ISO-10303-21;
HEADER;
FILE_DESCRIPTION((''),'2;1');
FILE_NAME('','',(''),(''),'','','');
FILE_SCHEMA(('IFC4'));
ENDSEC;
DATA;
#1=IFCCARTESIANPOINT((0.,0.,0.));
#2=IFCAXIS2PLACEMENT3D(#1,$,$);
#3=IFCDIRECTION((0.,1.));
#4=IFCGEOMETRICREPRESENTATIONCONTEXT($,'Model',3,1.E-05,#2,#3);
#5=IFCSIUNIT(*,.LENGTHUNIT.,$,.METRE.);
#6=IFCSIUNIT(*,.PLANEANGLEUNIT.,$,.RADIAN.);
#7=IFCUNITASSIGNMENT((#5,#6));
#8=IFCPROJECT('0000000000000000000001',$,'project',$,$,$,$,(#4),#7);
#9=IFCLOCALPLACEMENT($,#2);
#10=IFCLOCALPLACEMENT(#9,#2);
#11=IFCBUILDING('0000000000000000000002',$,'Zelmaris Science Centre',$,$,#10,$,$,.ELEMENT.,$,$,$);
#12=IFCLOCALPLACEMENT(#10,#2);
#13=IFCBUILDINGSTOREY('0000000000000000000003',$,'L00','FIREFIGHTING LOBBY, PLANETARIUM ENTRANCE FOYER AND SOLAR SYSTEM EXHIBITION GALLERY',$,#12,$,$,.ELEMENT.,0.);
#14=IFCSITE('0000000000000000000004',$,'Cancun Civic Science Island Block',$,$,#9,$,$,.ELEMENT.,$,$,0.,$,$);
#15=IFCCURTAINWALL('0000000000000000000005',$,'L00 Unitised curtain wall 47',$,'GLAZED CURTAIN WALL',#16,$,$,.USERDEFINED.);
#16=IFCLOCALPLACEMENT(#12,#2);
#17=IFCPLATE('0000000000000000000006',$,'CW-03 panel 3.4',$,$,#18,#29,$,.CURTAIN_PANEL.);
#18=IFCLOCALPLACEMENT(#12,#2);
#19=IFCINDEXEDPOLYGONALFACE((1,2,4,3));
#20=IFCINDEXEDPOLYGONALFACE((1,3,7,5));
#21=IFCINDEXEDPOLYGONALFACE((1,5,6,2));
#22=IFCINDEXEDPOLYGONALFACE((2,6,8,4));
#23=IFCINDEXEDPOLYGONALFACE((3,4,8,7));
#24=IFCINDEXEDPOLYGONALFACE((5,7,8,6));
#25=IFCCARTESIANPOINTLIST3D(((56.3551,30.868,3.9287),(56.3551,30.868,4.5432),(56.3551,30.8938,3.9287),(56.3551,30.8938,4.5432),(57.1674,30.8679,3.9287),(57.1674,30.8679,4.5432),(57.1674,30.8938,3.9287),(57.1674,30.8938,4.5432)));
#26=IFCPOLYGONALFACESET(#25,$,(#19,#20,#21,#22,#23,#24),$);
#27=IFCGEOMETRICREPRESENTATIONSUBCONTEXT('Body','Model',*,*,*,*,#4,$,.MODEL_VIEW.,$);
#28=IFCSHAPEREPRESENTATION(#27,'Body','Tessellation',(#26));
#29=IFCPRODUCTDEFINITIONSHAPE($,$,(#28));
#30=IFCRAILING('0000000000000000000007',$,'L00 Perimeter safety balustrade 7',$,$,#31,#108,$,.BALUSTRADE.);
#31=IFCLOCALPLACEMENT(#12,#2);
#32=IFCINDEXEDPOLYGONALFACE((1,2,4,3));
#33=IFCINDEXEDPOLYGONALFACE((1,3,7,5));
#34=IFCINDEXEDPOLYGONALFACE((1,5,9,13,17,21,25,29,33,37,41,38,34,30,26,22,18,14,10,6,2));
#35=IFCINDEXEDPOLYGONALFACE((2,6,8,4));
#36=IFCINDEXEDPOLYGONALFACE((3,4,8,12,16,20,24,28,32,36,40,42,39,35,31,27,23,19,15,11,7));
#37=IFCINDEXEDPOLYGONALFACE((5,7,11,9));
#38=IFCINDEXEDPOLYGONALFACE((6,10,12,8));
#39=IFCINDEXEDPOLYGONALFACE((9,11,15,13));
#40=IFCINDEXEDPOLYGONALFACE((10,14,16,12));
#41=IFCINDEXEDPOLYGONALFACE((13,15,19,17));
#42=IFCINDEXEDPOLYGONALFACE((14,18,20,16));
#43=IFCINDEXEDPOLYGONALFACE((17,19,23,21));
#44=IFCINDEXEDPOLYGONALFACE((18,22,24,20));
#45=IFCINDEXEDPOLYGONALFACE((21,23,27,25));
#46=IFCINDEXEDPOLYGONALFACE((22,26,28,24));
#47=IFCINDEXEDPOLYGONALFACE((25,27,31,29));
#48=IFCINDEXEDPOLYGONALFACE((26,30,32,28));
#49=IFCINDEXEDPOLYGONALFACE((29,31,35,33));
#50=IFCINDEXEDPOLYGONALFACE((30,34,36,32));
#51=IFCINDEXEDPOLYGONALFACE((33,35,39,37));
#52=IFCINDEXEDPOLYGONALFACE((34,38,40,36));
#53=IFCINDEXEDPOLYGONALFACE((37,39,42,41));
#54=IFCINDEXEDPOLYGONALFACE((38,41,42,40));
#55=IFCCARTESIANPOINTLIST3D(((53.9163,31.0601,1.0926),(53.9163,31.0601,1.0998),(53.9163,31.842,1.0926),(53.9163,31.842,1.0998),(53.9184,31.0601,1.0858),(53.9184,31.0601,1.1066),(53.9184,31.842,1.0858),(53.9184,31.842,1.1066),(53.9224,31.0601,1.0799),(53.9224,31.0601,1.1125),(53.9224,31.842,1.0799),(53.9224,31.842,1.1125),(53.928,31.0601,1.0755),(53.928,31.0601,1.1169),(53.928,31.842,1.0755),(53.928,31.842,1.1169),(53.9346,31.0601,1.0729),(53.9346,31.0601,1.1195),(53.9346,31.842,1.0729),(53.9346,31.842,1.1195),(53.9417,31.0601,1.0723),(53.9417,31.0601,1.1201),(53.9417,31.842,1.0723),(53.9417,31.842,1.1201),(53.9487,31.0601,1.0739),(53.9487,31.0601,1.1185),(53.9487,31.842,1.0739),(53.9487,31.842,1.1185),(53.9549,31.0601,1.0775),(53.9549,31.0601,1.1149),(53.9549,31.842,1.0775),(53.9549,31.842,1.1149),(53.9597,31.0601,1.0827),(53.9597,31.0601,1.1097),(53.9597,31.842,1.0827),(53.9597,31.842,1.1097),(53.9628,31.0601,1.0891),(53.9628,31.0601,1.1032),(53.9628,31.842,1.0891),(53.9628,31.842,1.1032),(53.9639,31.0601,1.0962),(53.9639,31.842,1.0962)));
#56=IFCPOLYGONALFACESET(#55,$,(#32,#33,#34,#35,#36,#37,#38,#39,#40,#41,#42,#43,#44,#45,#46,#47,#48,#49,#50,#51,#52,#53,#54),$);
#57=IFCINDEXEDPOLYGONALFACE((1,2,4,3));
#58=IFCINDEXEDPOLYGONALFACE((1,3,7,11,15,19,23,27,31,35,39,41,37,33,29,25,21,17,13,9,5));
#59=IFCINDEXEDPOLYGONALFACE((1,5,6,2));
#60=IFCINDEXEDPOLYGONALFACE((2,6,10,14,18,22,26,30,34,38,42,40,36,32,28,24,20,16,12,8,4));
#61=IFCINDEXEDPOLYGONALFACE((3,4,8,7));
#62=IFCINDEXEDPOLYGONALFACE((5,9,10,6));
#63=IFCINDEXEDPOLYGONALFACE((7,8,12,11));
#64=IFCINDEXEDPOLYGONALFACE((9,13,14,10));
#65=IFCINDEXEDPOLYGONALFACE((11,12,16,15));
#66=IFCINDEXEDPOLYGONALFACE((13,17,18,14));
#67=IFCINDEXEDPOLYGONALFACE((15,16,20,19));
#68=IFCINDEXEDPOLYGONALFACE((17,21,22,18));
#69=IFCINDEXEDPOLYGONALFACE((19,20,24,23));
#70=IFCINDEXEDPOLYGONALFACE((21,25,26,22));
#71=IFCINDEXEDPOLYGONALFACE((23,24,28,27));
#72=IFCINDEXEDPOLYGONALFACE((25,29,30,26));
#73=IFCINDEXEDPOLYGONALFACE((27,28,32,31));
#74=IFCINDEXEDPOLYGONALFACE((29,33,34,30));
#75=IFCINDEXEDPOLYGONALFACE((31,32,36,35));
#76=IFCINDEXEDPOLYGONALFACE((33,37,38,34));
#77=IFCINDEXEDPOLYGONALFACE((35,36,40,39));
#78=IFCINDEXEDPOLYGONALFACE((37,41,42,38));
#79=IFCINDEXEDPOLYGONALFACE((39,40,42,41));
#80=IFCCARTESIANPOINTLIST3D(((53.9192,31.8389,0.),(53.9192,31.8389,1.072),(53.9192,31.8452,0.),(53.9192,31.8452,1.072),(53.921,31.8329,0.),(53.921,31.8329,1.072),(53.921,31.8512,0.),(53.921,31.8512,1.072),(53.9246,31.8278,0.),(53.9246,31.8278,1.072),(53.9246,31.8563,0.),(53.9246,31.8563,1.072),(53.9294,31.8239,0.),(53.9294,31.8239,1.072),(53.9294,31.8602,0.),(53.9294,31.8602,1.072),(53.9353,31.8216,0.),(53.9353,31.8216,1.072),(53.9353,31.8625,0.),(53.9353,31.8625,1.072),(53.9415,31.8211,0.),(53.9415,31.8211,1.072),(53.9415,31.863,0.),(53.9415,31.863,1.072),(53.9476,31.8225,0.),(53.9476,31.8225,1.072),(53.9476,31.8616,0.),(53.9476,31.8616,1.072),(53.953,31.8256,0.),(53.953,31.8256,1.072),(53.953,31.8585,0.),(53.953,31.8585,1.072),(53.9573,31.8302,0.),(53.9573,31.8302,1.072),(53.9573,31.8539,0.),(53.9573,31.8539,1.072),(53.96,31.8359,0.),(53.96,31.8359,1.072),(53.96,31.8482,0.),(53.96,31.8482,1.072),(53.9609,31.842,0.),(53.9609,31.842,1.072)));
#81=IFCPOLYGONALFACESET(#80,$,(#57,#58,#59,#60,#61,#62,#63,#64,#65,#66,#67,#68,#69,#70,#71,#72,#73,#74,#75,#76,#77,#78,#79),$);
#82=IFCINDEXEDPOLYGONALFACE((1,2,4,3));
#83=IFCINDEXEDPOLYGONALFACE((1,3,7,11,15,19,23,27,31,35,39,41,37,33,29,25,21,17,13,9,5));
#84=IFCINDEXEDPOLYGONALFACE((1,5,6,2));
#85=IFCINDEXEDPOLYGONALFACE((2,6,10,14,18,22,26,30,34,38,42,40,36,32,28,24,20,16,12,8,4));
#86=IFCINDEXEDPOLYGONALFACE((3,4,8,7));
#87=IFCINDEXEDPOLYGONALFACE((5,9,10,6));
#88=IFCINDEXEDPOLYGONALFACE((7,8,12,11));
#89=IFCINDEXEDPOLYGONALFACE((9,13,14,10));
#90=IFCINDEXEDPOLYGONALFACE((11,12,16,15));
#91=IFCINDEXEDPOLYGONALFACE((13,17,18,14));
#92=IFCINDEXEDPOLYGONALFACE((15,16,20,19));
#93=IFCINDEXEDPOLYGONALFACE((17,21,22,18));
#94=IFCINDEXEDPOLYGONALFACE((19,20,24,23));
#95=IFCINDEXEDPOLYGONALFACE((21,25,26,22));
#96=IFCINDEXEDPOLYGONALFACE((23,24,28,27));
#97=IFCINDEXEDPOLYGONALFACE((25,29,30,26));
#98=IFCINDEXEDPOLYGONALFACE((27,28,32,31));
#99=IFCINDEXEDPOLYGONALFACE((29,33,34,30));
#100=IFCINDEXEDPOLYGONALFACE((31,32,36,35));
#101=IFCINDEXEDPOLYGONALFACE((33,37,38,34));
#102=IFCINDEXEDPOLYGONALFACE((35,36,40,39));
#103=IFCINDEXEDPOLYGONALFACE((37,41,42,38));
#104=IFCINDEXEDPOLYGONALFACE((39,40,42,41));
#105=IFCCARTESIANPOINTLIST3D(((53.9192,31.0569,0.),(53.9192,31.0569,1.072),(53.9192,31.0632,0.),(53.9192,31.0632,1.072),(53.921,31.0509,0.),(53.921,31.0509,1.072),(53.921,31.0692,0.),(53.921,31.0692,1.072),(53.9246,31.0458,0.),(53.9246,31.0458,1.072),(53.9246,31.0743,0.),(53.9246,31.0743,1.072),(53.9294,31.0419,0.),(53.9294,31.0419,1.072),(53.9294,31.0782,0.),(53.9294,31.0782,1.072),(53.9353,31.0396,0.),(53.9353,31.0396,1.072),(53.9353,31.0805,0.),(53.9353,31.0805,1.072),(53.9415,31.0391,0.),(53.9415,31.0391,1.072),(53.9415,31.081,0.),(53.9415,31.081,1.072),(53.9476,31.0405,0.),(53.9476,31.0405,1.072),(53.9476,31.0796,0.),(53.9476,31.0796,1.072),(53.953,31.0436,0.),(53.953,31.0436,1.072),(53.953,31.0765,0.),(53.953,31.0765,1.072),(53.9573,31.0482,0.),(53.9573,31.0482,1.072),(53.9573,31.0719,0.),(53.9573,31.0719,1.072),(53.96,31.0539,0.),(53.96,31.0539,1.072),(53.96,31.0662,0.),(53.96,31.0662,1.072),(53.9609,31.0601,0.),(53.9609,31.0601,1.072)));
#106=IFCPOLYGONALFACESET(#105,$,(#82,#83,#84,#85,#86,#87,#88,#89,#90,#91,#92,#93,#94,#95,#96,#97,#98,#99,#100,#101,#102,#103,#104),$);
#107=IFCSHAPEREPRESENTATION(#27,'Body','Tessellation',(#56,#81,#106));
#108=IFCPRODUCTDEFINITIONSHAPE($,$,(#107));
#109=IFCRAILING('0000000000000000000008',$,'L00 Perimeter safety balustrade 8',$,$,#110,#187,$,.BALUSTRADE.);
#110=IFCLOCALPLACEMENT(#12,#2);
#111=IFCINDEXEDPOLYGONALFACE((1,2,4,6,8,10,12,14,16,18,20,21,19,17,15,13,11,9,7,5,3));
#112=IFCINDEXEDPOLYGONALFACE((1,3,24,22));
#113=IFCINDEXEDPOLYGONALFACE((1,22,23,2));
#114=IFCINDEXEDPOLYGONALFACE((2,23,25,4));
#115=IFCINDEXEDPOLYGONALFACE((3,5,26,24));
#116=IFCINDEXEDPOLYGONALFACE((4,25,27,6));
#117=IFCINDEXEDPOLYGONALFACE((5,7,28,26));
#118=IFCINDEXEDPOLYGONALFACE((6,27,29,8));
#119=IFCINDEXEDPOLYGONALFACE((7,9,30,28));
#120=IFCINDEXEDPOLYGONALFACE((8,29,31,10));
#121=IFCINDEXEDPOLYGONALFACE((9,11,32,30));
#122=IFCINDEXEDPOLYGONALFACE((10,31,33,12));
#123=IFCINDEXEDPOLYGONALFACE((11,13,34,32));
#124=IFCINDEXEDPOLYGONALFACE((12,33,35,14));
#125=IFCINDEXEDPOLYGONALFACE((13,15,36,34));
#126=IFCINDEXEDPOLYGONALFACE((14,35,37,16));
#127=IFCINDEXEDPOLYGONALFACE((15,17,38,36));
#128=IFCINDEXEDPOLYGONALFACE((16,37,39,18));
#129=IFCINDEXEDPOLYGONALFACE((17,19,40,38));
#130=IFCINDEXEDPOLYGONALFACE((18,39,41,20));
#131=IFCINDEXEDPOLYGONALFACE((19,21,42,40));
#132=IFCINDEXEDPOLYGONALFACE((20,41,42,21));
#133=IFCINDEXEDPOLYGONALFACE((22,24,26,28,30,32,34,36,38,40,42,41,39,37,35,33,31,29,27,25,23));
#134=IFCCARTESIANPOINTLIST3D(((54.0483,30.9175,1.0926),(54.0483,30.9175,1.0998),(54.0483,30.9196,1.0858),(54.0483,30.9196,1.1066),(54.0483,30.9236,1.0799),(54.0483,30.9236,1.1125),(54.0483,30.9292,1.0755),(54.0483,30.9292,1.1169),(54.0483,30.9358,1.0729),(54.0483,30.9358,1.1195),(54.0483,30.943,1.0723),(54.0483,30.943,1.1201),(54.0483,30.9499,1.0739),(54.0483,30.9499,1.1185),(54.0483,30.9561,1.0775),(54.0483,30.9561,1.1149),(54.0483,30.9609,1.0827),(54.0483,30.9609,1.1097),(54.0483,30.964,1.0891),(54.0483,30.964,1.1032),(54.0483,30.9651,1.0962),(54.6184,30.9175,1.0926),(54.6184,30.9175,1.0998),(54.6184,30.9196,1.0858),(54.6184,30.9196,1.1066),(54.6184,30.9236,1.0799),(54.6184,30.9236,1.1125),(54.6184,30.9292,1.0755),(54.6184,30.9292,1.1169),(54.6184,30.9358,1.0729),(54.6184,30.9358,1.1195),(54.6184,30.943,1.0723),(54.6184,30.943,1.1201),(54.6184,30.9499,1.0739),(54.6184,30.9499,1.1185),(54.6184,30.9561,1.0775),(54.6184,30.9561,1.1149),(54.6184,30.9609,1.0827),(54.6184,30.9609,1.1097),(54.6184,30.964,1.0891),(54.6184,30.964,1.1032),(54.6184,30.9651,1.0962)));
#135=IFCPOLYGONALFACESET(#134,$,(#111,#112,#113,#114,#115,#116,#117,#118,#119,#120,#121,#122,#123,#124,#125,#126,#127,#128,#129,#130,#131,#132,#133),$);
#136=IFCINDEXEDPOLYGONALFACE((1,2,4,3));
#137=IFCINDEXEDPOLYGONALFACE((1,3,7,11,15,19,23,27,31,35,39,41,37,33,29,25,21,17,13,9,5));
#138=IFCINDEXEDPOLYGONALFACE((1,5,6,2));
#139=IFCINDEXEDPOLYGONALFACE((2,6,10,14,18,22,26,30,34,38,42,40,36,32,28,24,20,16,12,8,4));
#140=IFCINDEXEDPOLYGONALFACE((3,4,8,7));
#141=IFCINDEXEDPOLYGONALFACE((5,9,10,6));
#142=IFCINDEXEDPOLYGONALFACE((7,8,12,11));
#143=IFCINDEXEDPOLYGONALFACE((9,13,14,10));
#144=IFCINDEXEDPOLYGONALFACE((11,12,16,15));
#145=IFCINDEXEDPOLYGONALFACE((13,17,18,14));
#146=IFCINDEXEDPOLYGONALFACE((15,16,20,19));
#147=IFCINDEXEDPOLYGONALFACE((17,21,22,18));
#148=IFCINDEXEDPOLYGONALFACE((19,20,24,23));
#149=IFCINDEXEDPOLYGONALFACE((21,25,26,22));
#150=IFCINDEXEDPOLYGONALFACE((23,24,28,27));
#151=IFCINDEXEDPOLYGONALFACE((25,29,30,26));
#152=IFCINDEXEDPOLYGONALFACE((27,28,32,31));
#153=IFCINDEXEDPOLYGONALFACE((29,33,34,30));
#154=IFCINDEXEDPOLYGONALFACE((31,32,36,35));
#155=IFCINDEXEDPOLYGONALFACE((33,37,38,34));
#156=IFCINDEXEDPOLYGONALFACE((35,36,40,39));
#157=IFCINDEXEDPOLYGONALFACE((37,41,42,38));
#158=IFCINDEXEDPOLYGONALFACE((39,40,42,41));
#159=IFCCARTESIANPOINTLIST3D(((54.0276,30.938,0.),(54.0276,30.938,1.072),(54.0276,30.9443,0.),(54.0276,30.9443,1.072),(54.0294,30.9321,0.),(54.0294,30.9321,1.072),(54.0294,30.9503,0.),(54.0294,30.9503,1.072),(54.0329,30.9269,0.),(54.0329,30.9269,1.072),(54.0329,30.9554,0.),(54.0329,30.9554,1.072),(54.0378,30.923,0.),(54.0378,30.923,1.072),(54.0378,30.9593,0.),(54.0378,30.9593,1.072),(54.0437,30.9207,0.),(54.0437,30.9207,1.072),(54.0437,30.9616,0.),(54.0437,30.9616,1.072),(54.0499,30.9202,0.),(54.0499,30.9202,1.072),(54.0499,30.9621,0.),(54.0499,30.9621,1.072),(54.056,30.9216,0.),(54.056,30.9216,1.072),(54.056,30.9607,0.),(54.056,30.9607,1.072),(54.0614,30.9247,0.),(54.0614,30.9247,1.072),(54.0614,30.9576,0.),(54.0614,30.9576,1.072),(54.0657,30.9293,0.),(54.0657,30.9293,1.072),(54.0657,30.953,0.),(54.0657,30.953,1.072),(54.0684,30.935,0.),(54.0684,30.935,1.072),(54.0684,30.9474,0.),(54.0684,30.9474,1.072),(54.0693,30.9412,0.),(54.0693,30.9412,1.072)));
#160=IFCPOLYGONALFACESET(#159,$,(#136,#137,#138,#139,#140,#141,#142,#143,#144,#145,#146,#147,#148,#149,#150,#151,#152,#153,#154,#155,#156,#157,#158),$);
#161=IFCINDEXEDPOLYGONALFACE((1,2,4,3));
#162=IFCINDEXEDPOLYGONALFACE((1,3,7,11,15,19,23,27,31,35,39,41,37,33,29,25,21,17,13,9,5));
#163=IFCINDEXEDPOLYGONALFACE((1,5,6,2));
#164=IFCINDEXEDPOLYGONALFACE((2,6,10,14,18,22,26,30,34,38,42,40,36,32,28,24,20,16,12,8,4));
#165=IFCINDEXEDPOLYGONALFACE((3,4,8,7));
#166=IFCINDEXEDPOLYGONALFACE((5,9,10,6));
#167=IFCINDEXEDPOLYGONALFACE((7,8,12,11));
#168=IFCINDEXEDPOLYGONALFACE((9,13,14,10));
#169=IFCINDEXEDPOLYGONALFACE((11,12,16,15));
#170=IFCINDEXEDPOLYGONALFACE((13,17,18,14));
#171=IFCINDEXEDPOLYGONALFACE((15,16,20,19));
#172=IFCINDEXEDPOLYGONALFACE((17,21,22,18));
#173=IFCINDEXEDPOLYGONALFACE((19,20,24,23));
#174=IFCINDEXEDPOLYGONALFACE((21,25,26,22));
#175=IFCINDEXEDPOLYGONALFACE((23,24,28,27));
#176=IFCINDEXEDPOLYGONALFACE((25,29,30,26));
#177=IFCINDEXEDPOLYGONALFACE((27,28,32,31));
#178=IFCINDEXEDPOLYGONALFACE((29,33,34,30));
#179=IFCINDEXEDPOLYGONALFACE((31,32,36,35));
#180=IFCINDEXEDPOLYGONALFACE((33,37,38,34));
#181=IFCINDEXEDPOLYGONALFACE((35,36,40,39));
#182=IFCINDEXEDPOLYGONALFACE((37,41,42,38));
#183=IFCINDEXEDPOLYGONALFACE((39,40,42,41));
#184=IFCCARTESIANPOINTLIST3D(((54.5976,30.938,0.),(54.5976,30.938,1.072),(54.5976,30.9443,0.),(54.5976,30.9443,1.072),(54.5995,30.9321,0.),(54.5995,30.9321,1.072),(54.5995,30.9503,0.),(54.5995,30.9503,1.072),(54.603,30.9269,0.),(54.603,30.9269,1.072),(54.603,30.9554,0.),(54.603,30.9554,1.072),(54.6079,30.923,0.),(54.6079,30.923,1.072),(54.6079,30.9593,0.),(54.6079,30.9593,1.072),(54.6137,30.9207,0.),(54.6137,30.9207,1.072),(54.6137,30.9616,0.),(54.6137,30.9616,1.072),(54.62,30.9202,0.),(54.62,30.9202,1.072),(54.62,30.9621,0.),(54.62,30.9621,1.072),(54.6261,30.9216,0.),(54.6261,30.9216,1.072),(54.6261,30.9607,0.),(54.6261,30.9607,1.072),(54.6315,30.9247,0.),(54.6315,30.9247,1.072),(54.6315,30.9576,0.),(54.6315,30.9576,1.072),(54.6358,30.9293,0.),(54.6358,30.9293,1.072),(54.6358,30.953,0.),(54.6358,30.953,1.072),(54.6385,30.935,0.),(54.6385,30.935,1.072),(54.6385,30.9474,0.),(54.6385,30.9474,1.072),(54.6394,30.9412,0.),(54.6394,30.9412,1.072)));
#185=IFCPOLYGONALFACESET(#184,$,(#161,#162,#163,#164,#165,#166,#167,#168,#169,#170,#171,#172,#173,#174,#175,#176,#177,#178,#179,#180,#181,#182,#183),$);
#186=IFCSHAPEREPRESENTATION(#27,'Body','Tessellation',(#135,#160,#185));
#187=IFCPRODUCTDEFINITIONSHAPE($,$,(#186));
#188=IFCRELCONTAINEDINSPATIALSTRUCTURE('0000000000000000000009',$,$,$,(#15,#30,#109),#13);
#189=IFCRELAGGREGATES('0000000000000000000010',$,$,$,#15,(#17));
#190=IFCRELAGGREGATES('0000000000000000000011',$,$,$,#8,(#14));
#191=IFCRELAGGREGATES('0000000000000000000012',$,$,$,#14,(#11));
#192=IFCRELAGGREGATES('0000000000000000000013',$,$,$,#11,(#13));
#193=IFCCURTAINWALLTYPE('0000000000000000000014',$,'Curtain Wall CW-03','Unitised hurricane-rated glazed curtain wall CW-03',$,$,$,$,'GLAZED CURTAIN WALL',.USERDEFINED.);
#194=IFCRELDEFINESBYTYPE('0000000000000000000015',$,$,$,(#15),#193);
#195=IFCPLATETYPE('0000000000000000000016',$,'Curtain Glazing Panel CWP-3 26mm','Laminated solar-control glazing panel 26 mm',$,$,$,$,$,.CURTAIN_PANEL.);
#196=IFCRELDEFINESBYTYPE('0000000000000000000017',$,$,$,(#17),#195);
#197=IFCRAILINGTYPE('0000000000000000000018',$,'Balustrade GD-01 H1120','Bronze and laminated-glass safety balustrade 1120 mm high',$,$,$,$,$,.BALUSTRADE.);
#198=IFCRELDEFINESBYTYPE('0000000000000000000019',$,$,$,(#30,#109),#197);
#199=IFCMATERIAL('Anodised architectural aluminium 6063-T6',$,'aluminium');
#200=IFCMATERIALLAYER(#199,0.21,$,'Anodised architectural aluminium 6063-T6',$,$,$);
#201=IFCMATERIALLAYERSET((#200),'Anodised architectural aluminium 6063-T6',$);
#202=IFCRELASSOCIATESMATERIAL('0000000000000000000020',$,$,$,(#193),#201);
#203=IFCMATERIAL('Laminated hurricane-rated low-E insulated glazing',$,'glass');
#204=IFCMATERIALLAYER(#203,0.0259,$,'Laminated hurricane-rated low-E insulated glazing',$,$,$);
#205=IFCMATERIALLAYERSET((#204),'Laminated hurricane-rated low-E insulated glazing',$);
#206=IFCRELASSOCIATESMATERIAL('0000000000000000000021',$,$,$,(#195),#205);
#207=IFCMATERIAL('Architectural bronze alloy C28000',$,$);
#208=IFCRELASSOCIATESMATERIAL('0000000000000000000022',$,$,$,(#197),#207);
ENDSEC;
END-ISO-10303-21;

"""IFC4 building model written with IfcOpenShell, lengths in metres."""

from ifc_helpers import new_model, si_unit, direction, frame, origin, origin_2d, place, context, subcontext, project, spatial, rectangle, circle, extrude, material, layer, layer_set, type_object, element, aggregate, save


model = new_model("IFC4")

# Units and contexts
model_context = context("Model", 3, precision=1e-05, world=origin(), true_north=direction((0.0, 1.0)))
body_context = subcontext(model_context, "Body", "Model", "MODEL_VIEW")
ifc_project = project(units=[si_unit("LENGTHUNIT", "METRE"), si_unit("PLANEANGLEUNIT", "RADIAN")], contexts=[model_context])

# Site, building, storey
site_placement = place(None, origin())
site = spatial("IfcSite", under=ifc_project, at=site_placement, Name="Cancun Civic Science Island Block", CompositionType="ELEMENT", RefElevation=0.0)
building_placement = place(site_placement, origin())
building = spatial("IfcBuilding", under=site, at=building_placement, Name="Zelmaris Science Centre", CompositionType="ELEMENT")
storey_placement = place(building_placement, origin())
storey = spatial("IfcBuildingStorey", under=building, at=storey_placement, Name="L00", Description="FIREFIGHTING LOBBY, PLANETARIUM ENTRANCE FOYER AND SOLAR SYSTEM EXHIBITION GALLERY", CompositionType="ELEMENT", Elevation=0.0)

# Curtain wall
ifc_material_1 = material(Name="Anodised architectural aluminium 6063-T6", Category="aluminium")
ifc_layer_1 = layer(ifc_material_1, 0.21, Name="Anodised architectural aluminium 6063-T6")
ifc_layer_set_1 = layer_set([ifc_layer_1], Name="Anodised architectural aluminium 6063-T6")
curtain_wall_type = type_object("IfcCurtainWallType", Name="Curtain Wall CW-03", Description="Unitised hurricane-rated glazed curtain wall CW-03", ElementType="GLAZED CURTAIN WALL", PredefinedType="USERDEFINED", material=ifc_layer_set_1)
curtain_wall_placement = place(storey_placement, origin())
curtain_wall = element("IfcCurtainWall", 1, at=curtain_wall_placement, inside=storey, type_object=curtain_wall_type, Name="L00 Unitised curtain wall 47", ObjectType="GLAZED CURTAIN WALL", PredefinedType="USERDEFINED")

# Plate
ifc_material_2 = material(Name="Laminated hurricane-rated low-E insulated glazing", Category="glass")
ifc_layer_2 = layer(ifc_material_2, 0.0259, Name="Laminated hurricane-rated low-E insulated glazing")
ifc_layer_set_2 = layer_set([ifc_layer_2], Name="Laminated hurricane-rated low-E insulated glazing")
plate_type = type_object("IfcPlateType", Name="Curtain Glazing Panel CWP-3 26mm", Description="Laminated solar-control glazing panel 26 mm", PredefinedType="CURTAIN_PANEL", material=ifc_layer_set_2)
plate_1_placement = place(storey_placement, frame((56.7612, 30.8809, 3.9287), z_axis=(0.0, 0.0, 1.0), x_axis=(1.0, -0.000115, 0.0)))
plate_1 = element("IfcPlate", 2, at=plate_1_placement, type_object=plate_type, Name="CW-03 panel 3.4", PredefinedType="CURTAIN_PANEL", context=body_context, shape_type="SweptSolid", body=[
    extrude(rectangle(XDim=0.8123, YDim=0.0259, at=origin_2d()), origin(), (0.0, 0.0, 1.0), 0.6145),
])
aggregate(curtain_wall, [plate_1])

# Railings
ifc_material_3 = material(Name="Architectural bronze alloy C28000")
railing_type = type_object("IfcRailingType", Name="Balustrade GD-01 H1120", Description="Bronze and laminated-glass safety balustrade 1120 mm high", PredefinedType="BALUSTRADE", material=ifc_material_3)
railing_1_placement = place(storey_placement, frame((53.9399, 31.842, 0.0)))
element("IfcRailing", 3, at=railing_1_placement, inside=storey, type_object=railing_type, Name="L00 Perimeter safety balustrade 7", PredefinedType="BALUSTRADE", context=body_context, shape_type="SweptSolid", body=[
    extrude(circle(Radius=0.0239, at=origin_2d()), frame((0.0, 0.0, 1.0962), z_axis=(0.0, -1.0, 0.0), x_axis=(1.0, 0.0, 0.0)), (0.0, 0.0, 1.0), 0.782),
    extrude(circle(Radius=0.021, at=origin_2d()), origin(), (0.0, 0.0, 1.0), 1.072),
    extrude(circle(Radius=0.021, at=origin_2d()), frame((0.0, -0.782, 0.0)), (0.0, 0.0, 1.0), 1.072),
])
railing_2_placement = place(storey_placement, frame((54.0483, 30.9412, 0.0)))
element("IfcRailing", 4, at=railing_2_placement, inside=storey, type_object=railing_type, Name="L00 Perimeter safety balustrade 8", PredefinedType="BALUSTRADE", context=body_context, shape_type="SweptSolid", body=[
    extrude(circle(Radius=0.0239, at=origin_2d()), frame((0.0, 0.0, 1.0962), z_axis=(1.0, 0.0, 0.0), x_axis=(0.0, 1.0, 0.0)), (0.0, 0.0, 1.0), 0.5701),
    extrude(circle(Radius=0.021, at=origin_2d()), origin(), (0.0, 0.0, 1.0), 1.072),
    extrude(circle(Radius=0.021, at=origin_2d()), frame((0.5701, 0.0, 0.0)), (0.0, 0.0, 1.0), 1.072),
])

save(model, "model.ifc")
